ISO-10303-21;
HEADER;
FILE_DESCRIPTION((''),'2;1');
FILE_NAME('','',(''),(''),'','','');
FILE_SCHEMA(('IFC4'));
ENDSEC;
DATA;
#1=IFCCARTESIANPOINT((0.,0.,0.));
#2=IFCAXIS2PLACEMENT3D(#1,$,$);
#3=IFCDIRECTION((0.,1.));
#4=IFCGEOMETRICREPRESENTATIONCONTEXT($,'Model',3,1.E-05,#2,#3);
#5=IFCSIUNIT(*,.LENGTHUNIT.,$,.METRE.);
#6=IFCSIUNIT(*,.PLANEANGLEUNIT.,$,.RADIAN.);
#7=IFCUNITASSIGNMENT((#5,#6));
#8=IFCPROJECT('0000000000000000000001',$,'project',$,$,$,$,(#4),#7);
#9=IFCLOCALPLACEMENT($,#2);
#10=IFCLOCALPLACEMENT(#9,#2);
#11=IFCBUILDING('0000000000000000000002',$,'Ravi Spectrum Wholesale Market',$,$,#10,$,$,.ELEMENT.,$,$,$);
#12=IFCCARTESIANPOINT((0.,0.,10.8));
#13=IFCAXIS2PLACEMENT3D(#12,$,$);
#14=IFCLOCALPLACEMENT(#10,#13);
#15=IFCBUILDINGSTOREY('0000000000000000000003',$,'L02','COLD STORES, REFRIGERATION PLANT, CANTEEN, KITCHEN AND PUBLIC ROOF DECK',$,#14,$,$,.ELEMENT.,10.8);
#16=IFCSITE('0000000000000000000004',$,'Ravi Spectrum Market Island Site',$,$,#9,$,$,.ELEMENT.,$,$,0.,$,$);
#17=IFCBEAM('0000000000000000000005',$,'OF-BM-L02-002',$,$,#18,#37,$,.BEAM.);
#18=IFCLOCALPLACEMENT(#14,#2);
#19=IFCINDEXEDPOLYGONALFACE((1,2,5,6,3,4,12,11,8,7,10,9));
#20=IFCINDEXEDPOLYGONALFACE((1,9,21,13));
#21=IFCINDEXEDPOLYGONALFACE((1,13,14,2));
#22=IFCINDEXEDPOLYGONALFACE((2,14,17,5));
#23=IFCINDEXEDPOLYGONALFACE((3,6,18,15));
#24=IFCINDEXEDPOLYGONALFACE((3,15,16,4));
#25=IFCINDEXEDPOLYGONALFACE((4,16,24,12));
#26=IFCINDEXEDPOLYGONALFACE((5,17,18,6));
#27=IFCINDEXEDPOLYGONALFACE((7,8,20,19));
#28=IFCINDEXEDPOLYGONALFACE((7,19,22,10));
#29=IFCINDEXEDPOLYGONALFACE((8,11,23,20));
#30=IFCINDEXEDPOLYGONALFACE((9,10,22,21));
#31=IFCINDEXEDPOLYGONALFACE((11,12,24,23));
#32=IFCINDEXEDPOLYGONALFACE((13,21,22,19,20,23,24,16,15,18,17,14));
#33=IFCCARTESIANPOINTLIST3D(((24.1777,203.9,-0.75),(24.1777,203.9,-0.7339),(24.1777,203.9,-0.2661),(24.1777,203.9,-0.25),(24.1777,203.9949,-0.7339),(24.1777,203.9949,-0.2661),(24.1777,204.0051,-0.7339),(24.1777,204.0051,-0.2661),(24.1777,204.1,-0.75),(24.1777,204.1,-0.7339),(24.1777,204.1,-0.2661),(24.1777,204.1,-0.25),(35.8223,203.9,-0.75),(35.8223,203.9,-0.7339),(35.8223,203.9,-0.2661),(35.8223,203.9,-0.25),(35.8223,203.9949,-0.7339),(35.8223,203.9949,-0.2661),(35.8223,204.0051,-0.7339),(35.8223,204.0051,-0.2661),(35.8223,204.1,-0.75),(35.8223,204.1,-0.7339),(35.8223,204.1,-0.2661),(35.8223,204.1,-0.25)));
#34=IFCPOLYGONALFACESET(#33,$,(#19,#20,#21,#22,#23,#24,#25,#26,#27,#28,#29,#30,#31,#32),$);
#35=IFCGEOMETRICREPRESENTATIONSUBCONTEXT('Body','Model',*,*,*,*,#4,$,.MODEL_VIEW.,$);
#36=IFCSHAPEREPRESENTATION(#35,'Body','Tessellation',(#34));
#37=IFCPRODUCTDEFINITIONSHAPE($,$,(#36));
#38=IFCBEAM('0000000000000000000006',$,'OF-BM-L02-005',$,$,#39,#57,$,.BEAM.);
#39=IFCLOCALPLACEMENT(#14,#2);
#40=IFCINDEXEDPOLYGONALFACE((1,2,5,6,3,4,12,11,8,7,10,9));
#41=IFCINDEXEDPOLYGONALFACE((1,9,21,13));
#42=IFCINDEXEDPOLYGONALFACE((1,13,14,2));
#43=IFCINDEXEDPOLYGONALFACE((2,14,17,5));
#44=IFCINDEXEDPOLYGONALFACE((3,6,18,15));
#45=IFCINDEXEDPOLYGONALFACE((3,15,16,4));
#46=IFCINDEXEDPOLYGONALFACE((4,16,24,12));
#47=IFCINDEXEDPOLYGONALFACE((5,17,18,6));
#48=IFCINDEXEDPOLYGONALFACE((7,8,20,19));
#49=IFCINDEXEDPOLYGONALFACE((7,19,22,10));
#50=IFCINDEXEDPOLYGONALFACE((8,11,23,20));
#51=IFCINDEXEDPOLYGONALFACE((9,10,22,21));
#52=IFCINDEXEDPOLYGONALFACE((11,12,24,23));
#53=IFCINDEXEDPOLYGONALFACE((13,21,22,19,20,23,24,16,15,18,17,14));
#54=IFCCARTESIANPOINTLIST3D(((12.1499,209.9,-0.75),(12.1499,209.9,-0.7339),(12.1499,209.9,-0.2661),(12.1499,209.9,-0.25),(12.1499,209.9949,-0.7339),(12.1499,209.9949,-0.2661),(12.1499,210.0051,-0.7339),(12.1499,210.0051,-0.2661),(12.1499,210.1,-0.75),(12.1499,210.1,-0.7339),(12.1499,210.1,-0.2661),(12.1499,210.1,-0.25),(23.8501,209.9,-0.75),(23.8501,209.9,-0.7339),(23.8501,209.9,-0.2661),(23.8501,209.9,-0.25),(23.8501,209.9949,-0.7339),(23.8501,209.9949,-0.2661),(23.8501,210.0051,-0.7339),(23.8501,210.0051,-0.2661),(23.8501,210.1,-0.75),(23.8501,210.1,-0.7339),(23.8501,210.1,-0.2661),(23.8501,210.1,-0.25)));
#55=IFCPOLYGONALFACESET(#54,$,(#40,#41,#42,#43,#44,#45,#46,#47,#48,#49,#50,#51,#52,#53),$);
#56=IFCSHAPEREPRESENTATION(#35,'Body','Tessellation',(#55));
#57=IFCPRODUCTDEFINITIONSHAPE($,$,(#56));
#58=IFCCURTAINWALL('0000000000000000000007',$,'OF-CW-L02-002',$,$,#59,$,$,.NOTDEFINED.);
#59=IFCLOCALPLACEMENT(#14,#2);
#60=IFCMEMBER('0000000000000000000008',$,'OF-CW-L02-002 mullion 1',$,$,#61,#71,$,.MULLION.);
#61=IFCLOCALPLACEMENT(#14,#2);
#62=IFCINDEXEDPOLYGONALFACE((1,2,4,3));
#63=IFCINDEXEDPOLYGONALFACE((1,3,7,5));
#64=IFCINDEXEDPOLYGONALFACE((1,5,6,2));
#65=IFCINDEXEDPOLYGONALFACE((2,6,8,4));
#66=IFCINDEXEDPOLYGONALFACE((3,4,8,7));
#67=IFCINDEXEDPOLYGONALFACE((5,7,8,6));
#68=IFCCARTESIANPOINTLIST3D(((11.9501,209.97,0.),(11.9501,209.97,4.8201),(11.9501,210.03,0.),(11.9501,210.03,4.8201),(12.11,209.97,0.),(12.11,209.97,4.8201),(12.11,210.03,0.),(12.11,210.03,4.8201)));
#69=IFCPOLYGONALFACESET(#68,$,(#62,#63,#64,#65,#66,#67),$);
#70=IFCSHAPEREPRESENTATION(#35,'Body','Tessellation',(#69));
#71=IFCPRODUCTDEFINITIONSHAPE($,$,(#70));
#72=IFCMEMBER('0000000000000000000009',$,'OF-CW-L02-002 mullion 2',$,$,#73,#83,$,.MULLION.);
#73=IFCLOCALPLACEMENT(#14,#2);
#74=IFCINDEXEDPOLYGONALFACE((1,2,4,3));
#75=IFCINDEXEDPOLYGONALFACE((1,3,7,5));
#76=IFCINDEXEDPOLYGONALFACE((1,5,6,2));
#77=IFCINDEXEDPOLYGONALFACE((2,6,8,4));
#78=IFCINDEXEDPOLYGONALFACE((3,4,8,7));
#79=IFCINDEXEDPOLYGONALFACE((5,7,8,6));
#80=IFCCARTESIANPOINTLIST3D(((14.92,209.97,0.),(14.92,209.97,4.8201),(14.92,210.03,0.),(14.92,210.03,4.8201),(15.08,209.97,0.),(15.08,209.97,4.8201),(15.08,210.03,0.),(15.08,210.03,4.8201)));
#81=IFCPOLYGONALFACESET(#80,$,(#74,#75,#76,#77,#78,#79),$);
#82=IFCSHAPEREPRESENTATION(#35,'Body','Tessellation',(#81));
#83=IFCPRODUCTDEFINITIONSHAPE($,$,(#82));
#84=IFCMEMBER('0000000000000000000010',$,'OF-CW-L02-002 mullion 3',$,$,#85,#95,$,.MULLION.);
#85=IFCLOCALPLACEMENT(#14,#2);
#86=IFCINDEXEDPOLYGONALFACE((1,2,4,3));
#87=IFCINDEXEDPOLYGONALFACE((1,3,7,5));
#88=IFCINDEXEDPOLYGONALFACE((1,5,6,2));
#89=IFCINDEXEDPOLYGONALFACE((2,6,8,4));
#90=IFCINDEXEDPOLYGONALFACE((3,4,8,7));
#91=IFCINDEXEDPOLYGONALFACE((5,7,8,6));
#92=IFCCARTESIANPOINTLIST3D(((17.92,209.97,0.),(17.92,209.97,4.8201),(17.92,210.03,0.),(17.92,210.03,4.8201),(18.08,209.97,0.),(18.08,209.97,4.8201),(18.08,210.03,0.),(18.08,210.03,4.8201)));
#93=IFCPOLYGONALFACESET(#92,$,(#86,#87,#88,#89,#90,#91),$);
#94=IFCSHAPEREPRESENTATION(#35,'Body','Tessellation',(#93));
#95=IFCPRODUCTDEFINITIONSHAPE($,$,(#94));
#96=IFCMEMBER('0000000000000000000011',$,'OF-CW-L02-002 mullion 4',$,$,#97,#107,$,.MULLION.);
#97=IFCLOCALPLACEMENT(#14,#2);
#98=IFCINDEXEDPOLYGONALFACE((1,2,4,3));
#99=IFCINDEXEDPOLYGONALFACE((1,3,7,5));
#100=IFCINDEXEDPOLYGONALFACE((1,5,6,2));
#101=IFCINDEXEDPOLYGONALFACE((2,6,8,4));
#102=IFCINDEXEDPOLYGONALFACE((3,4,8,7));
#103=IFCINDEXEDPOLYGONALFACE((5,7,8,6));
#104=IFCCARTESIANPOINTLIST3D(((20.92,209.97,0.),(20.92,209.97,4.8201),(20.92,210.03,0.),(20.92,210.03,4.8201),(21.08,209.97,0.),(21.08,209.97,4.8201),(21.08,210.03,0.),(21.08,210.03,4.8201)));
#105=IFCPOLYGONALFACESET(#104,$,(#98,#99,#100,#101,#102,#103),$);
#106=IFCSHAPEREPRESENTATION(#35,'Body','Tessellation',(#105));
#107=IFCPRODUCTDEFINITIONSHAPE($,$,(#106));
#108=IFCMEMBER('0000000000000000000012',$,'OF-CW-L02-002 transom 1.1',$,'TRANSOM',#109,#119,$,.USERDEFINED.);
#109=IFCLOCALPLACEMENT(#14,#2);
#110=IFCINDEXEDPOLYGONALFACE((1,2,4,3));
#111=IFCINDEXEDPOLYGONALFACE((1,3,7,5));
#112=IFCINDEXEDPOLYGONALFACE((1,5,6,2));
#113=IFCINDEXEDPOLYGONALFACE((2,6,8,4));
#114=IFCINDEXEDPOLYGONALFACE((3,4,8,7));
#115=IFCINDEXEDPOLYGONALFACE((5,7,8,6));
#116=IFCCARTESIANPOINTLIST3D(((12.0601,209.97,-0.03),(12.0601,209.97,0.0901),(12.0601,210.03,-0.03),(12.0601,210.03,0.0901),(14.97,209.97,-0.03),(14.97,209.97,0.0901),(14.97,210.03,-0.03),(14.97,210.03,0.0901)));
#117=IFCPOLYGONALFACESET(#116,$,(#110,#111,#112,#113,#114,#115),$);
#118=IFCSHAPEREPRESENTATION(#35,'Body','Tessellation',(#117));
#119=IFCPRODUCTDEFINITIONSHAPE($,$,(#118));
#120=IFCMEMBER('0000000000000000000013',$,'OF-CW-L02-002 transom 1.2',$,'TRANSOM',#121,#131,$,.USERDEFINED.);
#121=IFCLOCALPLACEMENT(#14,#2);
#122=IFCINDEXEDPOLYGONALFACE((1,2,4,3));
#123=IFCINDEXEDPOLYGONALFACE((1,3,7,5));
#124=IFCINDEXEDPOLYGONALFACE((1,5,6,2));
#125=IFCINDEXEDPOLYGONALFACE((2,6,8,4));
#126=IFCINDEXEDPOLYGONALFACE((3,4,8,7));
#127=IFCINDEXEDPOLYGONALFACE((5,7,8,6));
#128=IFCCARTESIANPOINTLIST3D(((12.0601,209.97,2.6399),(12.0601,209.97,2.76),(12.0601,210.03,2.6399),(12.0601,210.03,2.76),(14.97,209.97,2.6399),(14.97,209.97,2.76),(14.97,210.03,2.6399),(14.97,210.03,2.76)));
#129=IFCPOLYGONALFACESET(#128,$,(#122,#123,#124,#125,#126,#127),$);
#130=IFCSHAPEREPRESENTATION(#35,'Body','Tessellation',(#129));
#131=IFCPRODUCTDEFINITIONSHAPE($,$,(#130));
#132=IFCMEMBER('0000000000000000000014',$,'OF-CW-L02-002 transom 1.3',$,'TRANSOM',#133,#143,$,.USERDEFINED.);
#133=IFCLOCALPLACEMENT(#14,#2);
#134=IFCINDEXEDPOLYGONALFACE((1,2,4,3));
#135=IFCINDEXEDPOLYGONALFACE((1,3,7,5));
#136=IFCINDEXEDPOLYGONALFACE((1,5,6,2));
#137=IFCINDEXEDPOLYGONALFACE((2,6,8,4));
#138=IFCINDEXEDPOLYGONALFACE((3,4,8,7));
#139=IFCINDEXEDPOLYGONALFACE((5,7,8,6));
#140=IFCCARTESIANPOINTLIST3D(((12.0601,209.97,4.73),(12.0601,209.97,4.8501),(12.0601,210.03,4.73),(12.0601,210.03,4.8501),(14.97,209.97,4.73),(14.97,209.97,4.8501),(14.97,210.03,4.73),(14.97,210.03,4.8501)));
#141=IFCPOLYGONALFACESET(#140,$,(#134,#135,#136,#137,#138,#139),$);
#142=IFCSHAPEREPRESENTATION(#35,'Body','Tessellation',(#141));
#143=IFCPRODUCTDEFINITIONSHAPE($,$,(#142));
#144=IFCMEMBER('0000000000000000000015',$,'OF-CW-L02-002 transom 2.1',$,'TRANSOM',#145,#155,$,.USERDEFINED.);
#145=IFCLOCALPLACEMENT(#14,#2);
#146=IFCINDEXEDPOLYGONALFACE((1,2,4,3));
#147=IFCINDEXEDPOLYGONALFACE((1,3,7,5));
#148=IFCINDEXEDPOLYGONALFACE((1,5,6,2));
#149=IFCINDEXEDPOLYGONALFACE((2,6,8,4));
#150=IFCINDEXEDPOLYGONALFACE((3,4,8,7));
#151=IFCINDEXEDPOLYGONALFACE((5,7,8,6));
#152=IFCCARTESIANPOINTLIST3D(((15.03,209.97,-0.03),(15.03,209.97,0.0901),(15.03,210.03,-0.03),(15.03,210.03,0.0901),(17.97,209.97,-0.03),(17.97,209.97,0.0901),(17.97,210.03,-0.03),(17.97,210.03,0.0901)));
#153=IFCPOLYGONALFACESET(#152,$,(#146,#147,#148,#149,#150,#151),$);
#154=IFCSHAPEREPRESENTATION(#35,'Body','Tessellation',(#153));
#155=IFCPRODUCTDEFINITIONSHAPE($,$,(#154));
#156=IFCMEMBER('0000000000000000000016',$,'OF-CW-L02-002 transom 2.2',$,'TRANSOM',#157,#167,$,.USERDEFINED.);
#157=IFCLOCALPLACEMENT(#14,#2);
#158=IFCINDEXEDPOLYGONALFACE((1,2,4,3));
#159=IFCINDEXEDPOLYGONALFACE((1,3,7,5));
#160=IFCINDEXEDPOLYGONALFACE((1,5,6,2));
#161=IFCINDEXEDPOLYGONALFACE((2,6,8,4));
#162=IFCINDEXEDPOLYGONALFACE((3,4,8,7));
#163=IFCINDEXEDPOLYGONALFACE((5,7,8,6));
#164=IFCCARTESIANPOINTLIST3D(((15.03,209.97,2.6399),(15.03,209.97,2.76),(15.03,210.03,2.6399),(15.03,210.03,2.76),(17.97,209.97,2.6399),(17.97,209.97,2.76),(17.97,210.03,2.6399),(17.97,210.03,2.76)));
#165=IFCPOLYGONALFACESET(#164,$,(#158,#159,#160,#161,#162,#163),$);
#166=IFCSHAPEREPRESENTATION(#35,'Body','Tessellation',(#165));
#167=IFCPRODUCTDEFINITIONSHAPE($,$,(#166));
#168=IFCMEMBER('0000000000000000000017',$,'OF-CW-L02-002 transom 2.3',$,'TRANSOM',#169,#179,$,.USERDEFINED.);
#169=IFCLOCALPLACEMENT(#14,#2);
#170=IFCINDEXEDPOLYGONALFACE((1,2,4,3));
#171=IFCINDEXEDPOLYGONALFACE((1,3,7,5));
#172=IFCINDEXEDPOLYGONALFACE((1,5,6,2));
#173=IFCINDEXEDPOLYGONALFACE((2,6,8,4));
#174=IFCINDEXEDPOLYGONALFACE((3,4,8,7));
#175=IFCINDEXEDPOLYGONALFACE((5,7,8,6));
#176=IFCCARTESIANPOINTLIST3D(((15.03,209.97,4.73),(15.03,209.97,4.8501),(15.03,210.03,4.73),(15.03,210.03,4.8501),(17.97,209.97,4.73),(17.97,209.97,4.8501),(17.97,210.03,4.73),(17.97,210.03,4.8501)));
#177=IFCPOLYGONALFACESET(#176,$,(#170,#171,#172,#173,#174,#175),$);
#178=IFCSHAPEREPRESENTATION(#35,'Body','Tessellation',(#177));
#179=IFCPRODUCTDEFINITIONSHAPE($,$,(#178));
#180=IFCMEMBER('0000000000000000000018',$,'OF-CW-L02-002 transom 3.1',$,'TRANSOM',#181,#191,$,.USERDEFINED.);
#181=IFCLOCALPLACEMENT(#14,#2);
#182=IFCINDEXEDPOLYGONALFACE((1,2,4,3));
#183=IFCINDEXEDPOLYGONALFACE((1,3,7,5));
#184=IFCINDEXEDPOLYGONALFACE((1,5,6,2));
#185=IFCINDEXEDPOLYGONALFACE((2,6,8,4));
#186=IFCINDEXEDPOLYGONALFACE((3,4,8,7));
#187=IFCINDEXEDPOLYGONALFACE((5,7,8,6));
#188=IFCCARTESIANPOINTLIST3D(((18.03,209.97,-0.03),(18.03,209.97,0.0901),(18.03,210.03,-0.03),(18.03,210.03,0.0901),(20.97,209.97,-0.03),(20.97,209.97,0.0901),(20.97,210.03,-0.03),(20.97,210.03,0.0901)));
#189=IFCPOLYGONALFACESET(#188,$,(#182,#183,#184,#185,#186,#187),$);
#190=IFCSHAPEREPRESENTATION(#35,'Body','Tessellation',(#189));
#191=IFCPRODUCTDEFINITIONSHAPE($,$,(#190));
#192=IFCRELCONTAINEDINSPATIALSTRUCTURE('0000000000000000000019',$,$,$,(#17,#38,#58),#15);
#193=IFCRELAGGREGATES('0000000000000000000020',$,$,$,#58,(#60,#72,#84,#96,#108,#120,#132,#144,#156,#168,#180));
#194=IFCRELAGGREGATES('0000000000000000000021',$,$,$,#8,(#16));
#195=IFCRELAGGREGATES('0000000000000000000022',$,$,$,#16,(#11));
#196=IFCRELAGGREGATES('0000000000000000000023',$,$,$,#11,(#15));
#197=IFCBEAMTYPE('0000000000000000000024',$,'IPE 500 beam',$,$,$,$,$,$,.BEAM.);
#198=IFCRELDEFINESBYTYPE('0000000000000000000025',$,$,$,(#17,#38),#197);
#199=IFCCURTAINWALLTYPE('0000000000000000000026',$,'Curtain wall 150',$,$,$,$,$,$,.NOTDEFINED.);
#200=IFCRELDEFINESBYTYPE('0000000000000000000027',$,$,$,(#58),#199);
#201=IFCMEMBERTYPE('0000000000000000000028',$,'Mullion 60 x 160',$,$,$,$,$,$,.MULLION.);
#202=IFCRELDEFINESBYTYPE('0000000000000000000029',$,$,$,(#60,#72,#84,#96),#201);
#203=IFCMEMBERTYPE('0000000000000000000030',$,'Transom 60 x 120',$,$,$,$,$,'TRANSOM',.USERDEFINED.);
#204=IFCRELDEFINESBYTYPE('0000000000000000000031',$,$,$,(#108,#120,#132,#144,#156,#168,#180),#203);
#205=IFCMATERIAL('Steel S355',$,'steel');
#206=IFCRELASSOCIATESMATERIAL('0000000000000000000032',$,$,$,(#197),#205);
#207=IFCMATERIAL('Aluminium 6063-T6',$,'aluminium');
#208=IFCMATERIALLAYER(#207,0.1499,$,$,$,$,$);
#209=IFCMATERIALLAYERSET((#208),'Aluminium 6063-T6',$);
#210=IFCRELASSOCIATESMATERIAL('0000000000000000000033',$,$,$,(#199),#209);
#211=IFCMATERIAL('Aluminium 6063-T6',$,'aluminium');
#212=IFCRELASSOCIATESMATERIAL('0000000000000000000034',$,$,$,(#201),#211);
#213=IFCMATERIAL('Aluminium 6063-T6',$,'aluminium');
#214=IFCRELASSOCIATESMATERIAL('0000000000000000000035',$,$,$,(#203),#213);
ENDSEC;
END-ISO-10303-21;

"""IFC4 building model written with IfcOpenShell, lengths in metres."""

from ifc_helpers import new_model, si_unit, direction, frame, origin, origin_2d, place, context, subcontext, project, spatial, rectangle, i_section, extrude, material, layer, layer_set, material_profile, profile_set, type_object, element, aggregate, save


model = new_model("IFC4")

# Units and contexts
model_context = context("Model", 3, precision=1e-05, world=origin(), true_north=direction((0.0, 1.0)))
body_context = subcontext(model_context, "Body", "Model", "MODEL_VIEW")
ifc_project = project(units=[si_unit("LENGTHUNIT", "METRE"), si_unit("PLANEANGLEUNIT", "RADIAN")], contexts=[model_context])

# Site, building, storey
site_placement = place(None, origin())
site = spatial("IfcSite", under=ifc_project, at=site_placement, Name="Ravi Spectrum Market Island Site", CompositionType="ELEMENT", RefElevation=0.0)
building_placement = place(site_placement, origin())
building = spatial("IfcBuilding", under=site, at=building_placement, Name="Ravi Spectrum Wholesale Market", CompositionType="ELEMENT")
storey_placement = place(building_placement, frame((0.0, 0.0, 10.8)))
storey = spatial("IfcBuildingStorey", under=building, at=storey_placement, Name="L02", Description="COLD STORES, REFRIGERATION PLANT, CANTEEN, KITCHEN AND PUBLIC ROOF DECK", CompositionType="ELEMENT", Elevation=10.8)

# Beams
ifc_material_1 = material(Name="Steel S355", Category="steel")
ifc_material_profile_1 = material_profile(ifc_material_1, i_section(OverallWidth=0.2, OverallDepth=0.5, WebThickness=0.0103, FlangeThickness=0.0161, at=origin_2d()))
ifc_profile_set_1 = profile_set([ifc_material_profile_1], Name="Steel S355")
beam_type_1 = type_object("IfcBeamType", Name="IPE 500 beam", PredefinedType="BEAM", material=ifc_profile_set_1)
for number, where, z_axis, x_axis, name in (
    (1, (24.1777, 204.0, -0.5), (1.0, 0.0, 0.0), (0.0, 1.0, 0.0), "OF-BM-L02-002"),
):
    element("IfcBeam", number, at=place(storey_placement, frame(where, z_axis=z_axis, x_axis=x_axis)), inside=storey, type_object=beam_type_1, Name=name, PredefinedType="BEAM", context=body_context, shape_type="SweptSolid", body=[
        extrude(i_section(OverallWidth=0.2, OverallDepth=0.5, WebThickness=0.0103, FlangeThickness=0.0161, at=origin_2d()), origin(), (0.0, 0.0, 1.0), 11.6445),
    ])
beam_placement = place(storey_placement, frame((12.1499, 210.0, -0.5), z_axis=(1.0, 0.0, 0.0), x_axis=(0.0, 1.0, 0.0)))
element("IfcBeam", 2, at=beam_placement, inside=storey, type_object=beam_type_1, Name="OF-BM-L02-005", PredefinedType="BEAM", context=body_context, shape_type="SweptSolid", body=[
    extrude(i_section(OverallWidth=0.2, OverallDepth=0.5, WebThickness=0.0103, FlangeThickness=0.0161, at=origin_2d()), origin(), (0.0, 0.0, 1.0), 11.7002),
])

# Curtain wall, members
ifc_material_2 = material(Name="Aluminium 6063-T6", Category="aluminium")
ifc_layer_1 = layer(ifc_material_2, 0.1499)
ifc_layer_set_1 = layer_set([ifc_layer_1], Name="Aluminium 6063-T6")
curtain_wall_type = type_object("IfcCurtainWallType", Name="Curtain wall 150", PredefinedType="NOTDEFINED", material=ifc_layer_set_1)
curtain_wall_placement = place(storey_placement, origin())
curtain_wall = element("IfcCurtainWall", 3, at=curtain_wall_placement, inside=storey, type_object=curtain_wall_type, Name="OF-CW-L02-002", PredefinedType="NOTDEFINED")
ifc_material_3 = material(Name="Aluminium 6063-T6", Category="aluminium")
ifc_material_profile_2 = material_profile(ifc_material_3, rectangle(XDim=0.0601, YDim=0.1599, at=origin_2d()))
ifc_profile_set_2 = profile_set([ifc_material_profile_2], Name="Aluminium 6063-T6")
member_type_1 = type_object("IfcMemberType", Name="Mullion 60 x 160", PredefinedType="MULLION", material=ifc_profile_set_2)
member_1_placement = place(storey_placement, frame((12.03, 210.0, 0.0), z_axis=(0.0, 0.0, 1.0), x_axis=(0.0, 1.0, 0.0)))
member_1 = element("IfcMember", 4, at=member_1_placement, type_object=member_type_1, Name="OF-CW-L02-002 mullion 1", PredefinedType="MULLION", context=body_context, shape_type="SweptSolid", body=[
    extrude(rectangle(XDim=0.0601, YDim=0.1599, at=origin_2d()), origin(), (0.0, 0.0, 1.0), 4.8201),
])
member_2_placement = place(storey_placement, frame((15.0, 210.0, 0.0), z_axis=(0.0, 0.0, 1.0), x_axis=(0.0, 1.0, 0.0)))
member_2 = element("IfcMember", 5, at=member_2_placement, type_object=member_type_1, Name="OF-CW-L02-002 mullion 2", PredefinedType="MULLION", context=body_context, shape_type="SweptSolid", body=[
    extrude(rectangle(XDim=0.0601, YDim=0.1599, at=origin_2d()), origin(), (0.0, 0.0, 1.0), 4.8201),
])
member_3_placement = place(storey_placement, frame((18.0, 210.0, 0.0), z_axis=(0.0, 0.0, 1.0), x_axis=(0.0, 1.0, 0.0)))
member_3 = element("IfcMember", 6, at=member_3_placement, type_object=member_type_1, Name="OF-CW-L02-002 mullion 3", PredefinedType="MULLION", context=body_context, shape_type="SweptSolid", body=[
    extrude(rectangle(XDim=0.0601, YDim=0.1599, at=origin_2d()), origin(), (0.0, 0.0, 1.0), 4.8201),
])
member_4_placement = place(storey_placement, frame((21.0, 210.0, 0.0), z_axis=(0.0, 0.0, 1.0), x_axis=(0.0, 1.0, 0.0)))
member_4 = element("IfcMember", 7, at=member_4_placement, type_object=member_type_1, Name="OF-CW-L02-002 mullion 4", PredefinedType="MULLION", context=body_context, shape_type="SweptSolid", body=[
    extrude(rectangle(XDim=0.0601, YDim=0.1599, at=origin_2d()), origin(), (0.0, 0.0, 1.0), 4.8201),
])
ifc_material_4 = material(Name="Aluminium 6063-T6", Category="aluminium")
ifc_material_profile_3 = material_profile(ifc_material_4, rectangle(XDim=0.0601, YDim=0.1201, at=origin_2d()))
ifc_profile_set_3 = profile_set([ifc_material_profile_3], Name="Aluminium 6063-T6")
member_type_2 = type_object("IfcMemberType", Name="Transom 60 x 120", ElementType="TRANSOM", PredefinedType="USERDEFINED", material=ifc_profile_set_3)
member_5_placement = place(storey_placement, frame((12.0601, 210.0, 0.03), z_axis=(1.0, 0.0, 0.0), x_axis=(0.0, 1.0, 0.0)))
member_5 = element("IfcMember", 8, at=member_5_placement, type_object=member_type_2, Name="OF-CW-L02-002 transom 1.1", ObjectType="TRANSOM", PredefinedType="USERDEFINED", context=body_context, shape_type="SweptSolid", body=[
    extrude(rectangle(XDim=0.0601, YDim=0.1201, at=origin_2d()), origin(), (0.0, 0.0, 1.0), 2.9099),
])
member_6_placement = place(storey_placement, frame((12.0601, 210.0, 2.7), z_axis=(1.0, 0.0, 0.0), x_axis=(0.0, 1.0, 0.0)))
member_6 = element("IfcMember", 9, at=member_6_placement, type_object=member_type_2, Name="OF-CW-L02-002 transom 1.2", ObjectType="TRANSOM", PredefinedType="USERDEFINED", context=body_context, shape_type="SweptSolid", body=[
    extrude(rectangle(XDim=0.0601, YDim=0.1201, at=origin_2d()), origin(), (0.0, 0.0, 1.0), 2.9099),
])
member_7_placement = place(storey_placement, frame((12.0601, 210.0, 4.79), z_axis=(1.0, 0.0, 0.0), x_axis=(0.0, 1.0, 0.0)))
member_7 = element("IfcMember", 10, at=member_7_placement, type_object=member_type_2, Name="OF-CW-L02-002 transom 1.3", ObjectType="TRANSOM", PredefinedType="USERDEFINED", context=body_context, shape_type="SweptSolid", body=[
    extrude(rectangle(XDim=0.0601, YDim=0.1201, at=origin_2d()), origin(), (0.0, 0.0, 1.0), 2.9099),
])
member_8_placement = place(storey_placement, frame((15.03, 210.0, 0.03), z_axis=(1.0, 0.0, 0.0), x_axis=(0.0, 1.0, 0.0)))
member_8 = element("IfcMember", 11, at=member_8_placement, type_object=member_type_2, Name="OF-CW-L02-002 transom 2.1", ObjectType="TRANSOM", PredefinedType="USERDEFINED", context=body_context, shape_type="SweptSolid", body=[
    extrude(rectangle(XDim=0.0601, YDim=0.1201, at=origin_2d()), origin(), (0.0, 0.0, 1.0), 2.9399),
])
member_9_placement = place(storey_placement, frame((15.03, 210.0, 2.7), z_axis=(1.0, 0.0, 0.0), x_axis=(0.0, 1.0, 0.0)))
member_9 = element("IfcMember", 12, at=member_9_placement, type_object=member_type_2, Name="OF-CW-L02-002 transom 2.2", ObjectType="TRANSOM", PredefinedType="USERDEFINED", context=body_context, shape_type="SweptSolid", body=[
    extrude(rectangle(XDim=0.0601, YDim=0.1201, at=origin_2d()), origin(), (0.0, 0.0, 1.0), 2.9399),
])
member_10_placement = place(storey_placement, frame((15.03, 210.0, 4.79), z_axis=(1.0, 0.0, 0.0), x_axis=(0.0, 1.0, 0.0)))
member_10 = element("IfcMember", 13, at=member_10_placement, type_object=member_type_2, Name="OF-CW-L02-002 transom 2.3", ObjectType="TRANSOM", PredefinedType="USERDEFINED", context=body_context, shape_type="SweptSolid", body=[
    extrude(rectangle(XDim=0.0601, YDim=0.1201, at=origin_2d()), origin(), (0.0, 0.0, 1.0), 2.9399),
])
member_11_placement = place(storey_placement, frame((18.03, 210.0, 0.03), z_axis=(1.0, 0.0, 0.0), x_axis=(0.0, 1.0, 0.0)))
member_11 = element("IfcMember", 14, at=member_11_placement, type_object=member_type_2, Name="OF-CW-L02-002 transom 3.1", ObjectType="TRANSOM", PredefinedType="USERDEFINED", context=body_context, shape_type="SweptSolid", body=[
    extrude(rectangle(XDim=0.0601, YDim=0.1201, at=origin_2d()), origin(), (0.0, 0.0, 1.0), 2.9399),
])
aggregate(curtain_wall, [member_1, member_2, member_3, member_4, member_5, member_6, member_7, member_8, member_9, member_10, member_11])

save(model, "model.ifc")
